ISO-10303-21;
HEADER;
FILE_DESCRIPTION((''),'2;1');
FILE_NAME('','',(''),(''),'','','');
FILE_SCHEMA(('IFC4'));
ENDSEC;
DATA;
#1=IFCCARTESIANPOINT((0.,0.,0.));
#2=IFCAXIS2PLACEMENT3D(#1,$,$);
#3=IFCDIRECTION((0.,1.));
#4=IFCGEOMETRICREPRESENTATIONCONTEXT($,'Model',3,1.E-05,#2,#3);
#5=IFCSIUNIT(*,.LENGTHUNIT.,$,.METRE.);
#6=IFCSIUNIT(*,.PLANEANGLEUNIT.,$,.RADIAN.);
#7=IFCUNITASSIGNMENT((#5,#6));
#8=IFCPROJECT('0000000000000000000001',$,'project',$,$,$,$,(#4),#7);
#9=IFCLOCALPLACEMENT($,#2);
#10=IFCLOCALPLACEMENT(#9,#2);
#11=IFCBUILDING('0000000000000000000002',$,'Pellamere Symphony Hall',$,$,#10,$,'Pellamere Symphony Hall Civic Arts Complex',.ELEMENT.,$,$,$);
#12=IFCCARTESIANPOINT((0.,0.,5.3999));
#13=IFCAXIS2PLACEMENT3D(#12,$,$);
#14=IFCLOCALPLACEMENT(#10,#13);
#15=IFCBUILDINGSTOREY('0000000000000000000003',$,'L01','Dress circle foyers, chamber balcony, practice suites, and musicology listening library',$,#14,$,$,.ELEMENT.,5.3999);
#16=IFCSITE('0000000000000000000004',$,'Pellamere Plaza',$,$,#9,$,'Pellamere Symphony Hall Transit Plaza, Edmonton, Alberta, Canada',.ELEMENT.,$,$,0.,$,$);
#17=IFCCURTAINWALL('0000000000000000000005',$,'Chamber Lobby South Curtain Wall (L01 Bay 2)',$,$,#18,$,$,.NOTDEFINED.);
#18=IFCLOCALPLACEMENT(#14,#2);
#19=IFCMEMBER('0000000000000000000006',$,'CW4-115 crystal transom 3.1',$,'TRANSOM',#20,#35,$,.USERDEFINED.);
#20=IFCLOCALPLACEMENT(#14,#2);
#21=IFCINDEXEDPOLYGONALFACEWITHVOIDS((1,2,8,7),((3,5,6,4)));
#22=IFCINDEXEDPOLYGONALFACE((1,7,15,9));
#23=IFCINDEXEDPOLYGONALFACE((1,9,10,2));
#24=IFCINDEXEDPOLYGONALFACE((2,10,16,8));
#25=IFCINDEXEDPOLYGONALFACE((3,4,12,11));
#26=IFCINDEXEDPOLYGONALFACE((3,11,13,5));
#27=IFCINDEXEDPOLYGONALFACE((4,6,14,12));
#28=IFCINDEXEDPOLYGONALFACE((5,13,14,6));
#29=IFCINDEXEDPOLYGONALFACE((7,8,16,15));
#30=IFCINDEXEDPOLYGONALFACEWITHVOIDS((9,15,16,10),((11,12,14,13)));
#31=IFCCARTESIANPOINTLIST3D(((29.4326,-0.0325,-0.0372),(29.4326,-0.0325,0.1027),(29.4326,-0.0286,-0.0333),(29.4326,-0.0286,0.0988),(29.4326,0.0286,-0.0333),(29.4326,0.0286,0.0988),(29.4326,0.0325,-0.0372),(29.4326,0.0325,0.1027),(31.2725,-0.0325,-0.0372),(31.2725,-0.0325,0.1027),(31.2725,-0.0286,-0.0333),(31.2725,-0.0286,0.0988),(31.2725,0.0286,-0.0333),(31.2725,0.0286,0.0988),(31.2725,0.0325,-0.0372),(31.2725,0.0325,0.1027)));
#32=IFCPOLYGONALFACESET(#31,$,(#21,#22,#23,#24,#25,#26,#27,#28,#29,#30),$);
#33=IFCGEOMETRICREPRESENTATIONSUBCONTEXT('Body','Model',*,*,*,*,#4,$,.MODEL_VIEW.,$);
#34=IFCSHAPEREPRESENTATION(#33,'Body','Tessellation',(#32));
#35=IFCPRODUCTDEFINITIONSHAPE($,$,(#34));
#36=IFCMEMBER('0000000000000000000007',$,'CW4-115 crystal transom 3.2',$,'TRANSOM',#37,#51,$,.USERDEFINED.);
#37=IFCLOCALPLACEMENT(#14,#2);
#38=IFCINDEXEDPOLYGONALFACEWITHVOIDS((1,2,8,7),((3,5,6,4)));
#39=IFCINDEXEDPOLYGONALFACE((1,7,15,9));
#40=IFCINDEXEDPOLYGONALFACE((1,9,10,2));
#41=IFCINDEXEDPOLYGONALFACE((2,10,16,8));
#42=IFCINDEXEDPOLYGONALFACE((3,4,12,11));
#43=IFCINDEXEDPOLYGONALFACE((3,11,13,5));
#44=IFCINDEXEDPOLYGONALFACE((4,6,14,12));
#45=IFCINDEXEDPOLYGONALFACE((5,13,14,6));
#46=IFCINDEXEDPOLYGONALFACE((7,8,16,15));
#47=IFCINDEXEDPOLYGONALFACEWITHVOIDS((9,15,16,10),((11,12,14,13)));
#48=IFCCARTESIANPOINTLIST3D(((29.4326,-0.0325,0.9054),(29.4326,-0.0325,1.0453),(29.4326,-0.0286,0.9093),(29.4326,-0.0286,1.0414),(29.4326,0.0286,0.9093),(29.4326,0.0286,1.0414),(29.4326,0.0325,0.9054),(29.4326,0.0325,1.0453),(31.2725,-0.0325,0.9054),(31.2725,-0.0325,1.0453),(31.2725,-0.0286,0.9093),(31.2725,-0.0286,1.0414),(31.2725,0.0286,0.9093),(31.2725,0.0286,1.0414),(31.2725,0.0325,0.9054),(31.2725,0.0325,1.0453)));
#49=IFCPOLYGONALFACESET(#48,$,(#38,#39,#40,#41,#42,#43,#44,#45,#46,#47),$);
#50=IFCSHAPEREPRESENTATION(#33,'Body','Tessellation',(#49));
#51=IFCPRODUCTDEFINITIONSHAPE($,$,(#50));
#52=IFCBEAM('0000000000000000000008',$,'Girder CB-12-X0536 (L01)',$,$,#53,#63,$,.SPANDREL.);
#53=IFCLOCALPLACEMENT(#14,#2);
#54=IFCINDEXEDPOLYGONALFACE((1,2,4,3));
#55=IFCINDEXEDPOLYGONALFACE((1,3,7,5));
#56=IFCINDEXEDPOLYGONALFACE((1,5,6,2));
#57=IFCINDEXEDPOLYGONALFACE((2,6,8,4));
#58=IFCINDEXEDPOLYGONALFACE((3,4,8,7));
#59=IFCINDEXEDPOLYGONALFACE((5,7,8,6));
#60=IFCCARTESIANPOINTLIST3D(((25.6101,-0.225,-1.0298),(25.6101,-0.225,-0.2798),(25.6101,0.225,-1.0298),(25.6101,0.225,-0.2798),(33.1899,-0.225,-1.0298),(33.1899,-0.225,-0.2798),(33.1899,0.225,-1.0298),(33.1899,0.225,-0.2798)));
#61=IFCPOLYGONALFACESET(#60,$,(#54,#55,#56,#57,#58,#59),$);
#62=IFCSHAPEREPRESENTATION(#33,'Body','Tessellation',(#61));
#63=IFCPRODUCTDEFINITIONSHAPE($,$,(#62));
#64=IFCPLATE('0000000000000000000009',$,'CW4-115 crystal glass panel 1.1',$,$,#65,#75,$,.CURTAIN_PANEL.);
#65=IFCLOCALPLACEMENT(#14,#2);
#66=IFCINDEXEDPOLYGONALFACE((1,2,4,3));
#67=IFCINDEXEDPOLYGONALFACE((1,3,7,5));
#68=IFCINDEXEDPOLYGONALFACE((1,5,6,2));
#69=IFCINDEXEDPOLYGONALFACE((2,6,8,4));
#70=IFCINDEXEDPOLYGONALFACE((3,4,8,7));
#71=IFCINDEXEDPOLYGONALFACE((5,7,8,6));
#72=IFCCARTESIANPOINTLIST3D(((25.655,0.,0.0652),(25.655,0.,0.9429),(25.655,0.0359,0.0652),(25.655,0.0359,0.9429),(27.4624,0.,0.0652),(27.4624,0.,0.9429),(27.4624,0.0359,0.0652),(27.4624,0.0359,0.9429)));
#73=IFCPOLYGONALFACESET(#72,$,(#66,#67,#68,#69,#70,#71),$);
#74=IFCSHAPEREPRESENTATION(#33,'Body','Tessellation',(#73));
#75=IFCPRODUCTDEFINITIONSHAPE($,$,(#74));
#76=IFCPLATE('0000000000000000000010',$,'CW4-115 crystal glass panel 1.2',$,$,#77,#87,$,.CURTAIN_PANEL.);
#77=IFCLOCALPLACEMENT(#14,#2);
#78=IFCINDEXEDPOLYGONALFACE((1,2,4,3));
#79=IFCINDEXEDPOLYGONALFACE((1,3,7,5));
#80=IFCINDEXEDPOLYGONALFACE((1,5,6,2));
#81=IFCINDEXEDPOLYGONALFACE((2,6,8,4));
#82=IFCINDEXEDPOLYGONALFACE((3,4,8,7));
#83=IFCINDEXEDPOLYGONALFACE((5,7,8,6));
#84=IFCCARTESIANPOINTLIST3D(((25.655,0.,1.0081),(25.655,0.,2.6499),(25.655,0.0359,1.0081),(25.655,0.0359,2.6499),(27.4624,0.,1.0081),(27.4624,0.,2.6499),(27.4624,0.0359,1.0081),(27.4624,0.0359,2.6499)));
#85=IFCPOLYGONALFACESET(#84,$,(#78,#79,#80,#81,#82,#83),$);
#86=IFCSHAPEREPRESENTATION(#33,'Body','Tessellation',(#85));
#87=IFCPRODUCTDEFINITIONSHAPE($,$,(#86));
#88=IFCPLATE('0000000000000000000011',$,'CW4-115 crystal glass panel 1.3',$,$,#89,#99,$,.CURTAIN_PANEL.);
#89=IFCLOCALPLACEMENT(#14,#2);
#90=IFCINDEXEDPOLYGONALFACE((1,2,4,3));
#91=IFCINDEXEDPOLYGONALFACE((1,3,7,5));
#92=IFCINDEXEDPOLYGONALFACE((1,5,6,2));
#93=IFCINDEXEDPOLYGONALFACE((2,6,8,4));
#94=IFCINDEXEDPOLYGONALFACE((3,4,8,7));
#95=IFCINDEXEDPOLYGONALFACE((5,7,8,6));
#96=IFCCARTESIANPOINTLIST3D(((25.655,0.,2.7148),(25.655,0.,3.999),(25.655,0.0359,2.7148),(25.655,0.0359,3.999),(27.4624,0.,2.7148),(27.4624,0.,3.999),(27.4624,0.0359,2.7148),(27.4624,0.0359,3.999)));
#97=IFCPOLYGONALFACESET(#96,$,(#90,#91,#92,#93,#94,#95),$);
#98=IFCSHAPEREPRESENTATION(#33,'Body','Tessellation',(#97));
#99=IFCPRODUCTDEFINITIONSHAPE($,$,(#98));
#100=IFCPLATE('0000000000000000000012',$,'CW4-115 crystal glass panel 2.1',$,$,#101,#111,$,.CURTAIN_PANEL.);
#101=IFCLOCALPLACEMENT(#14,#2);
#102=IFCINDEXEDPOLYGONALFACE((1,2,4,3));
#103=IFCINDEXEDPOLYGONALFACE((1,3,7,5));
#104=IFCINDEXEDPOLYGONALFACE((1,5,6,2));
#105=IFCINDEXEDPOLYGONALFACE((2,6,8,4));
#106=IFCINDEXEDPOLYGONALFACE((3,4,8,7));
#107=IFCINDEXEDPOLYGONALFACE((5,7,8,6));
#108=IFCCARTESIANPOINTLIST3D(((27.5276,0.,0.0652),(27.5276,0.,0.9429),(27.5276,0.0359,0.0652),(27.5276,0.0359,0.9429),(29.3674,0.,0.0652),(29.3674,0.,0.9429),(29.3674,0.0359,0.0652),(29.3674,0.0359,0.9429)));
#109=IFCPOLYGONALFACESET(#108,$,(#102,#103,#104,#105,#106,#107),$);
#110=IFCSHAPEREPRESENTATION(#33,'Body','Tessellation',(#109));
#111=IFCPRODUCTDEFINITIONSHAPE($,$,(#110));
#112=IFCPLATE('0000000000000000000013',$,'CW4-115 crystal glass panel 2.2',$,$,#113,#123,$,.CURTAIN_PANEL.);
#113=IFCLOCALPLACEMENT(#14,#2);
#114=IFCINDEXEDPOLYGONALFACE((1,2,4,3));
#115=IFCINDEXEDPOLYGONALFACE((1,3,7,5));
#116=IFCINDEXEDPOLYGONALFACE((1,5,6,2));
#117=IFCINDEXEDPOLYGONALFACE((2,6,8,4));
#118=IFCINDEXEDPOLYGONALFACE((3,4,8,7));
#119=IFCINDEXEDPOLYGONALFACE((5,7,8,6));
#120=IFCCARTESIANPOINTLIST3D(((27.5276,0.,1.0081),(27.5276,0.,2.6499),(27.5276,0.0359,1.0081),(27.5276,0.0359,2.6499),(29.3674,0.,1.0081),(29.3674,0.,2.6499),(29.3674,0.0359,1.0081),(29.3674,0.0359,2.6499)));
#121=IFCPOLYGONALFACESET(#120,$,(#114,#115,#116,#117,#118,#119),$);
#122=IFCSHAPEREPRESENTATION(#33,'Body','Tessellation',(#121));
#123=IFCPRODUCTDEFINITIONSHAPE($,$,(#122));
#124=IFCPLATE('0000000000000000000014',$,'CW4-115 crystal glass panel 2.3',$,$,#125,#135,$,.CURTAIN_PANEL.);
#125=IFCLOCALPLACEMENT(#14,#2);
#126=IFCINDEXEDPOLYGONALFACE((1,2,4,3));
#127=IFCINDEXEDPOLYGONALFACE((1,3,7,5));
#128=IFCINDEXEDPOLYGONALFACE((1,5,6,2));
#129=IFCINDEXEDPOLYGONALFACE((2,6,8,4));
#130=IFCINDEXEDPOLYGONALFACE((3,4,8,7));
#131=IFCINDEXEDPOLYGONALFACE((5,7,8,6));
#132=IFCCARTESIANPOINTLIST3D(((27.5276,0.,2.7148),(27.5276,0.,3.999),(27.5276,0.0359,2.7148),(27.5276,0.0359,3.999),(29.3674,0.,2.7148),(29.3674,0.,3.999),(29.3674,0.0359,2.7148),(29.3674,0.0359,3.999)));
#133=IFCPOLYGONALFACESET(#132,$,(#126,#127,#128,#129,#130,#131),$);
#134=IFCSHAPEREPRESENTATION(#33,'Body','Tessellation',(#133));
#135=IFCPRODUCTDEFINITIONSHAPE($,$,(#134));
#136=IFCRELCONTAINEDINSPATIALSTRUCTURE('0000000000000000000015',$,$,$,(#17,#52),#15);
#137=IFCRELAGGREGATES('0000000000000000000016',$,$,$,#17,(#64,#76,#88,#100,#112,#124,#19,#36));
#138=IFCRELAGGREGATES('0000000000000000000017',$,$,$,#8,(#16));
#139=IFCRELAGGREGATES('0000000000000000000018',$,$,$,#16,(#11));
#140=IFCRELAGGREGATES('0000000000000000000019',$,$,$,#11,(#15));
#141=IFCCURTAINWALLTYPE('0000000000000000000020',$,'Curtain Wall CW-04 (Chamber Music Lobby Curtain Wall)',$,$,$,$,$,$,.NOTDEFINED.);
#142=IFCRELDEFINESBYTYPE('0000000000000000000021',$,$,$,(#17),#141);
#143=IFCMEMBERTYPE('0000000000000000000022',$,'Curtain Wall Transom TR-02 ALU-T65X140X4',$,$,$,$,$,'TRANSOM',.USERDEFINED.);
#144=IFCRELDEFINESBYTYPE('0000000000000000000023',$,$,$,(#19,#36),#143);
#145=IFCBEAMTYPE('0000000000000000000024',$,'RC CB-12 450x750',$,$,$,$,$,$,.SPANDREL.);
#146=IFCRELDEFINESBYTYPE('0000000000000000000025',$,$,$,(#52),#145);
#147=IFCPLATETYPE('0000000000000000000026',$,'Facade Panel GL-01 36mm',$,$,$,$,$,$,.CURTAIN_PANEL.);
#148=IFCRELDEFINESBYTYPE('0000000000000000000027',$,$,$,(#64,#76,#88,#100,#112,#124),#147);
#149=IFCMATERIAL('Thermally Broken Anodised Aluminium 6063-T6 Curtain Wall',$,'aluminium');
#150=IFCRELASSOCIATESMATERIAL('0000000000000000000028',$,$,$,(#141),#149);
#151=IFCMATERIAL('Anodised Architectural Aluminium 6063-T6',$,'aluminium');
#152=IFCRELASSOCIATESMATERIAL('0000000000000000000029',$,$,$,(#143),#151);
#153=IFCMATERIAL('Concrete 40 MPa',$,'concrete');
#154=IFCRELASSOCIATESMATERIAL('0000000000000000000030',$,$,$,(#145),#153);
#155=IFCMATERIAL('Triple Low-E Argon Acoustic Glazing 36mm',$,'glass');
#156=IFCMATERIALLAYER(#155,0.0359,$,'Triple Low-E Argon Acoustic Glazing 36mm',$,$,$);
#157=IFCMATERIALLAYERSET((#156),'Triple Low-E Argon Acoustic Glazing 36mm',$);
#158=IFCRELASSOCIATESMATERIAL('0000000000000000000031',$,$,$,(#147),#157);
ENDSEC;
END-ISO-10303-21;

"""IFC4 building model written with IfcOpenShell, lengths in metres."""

from ifc_helpers import new_model, si_unit, direction, frame, origin, origin_2d, place, context, subcontext, project, spatial, polyline, rectangle, hollow_rectangle, outline, extrude, material, layer, layer_set, material_profile, profile_set, type_object, element, aggregate, save


model = new_model("IFC4")

# Units and contexts
model_context = context("Model", 3, precision=1e-05, world=origin(), true_north=direction((0.0, 1.0)))
body_context = subcontext(model_context, "Body", "Model", "MODEL_VIEW")
ifc_project = project(units=[si_unit("LENGTHUNIT", "METRE"), si_unit("PLANEANGLEUNIT", "RADIAN")], contexts=[model_context])

# Site, building, storey
site_placement = place(None, origin())
site = spatial("IfcSite", under=ifc_project, at=site_placement, Name="Pellamere Plaza", LongName="Pellamere Symphony Hall Transit Plaza, Edmonton, Alberta, Canada", CompositionType="ELEMENT", RefElevation=0.0)
building_placement = place(site_placement, origin())
building = spatial("IfcBuilding", under=site, at=building_placement, Name="Pellamere Symphony Hall", LongName="Pellamere Symphony Hall Civic Arts Complex", CompositionType="ELEMENT")
storey_placement = place(building_placement, frame((0.0, 0.0, 5.3999)))
storey = spatial("IfcBuildingStorey", under=building, at=storey_placement, Name="L01", Description="Dress circle foyers, chamber balcony, practice suites, and musicology listening library", CompositionType="ELEMENT", Elevation=5.3999)

# Curtain wall, members
ifc_material_1 = material(Name="Thermally Broken Anodised Aluminium 6063-T6 Curtain Wall", Category="aluminium")
curtain_wall_type = type_object("IfcCurtainWallType", Name="Curtain Wall CW-04 (Chamber Music Lobby Curtain Wall)", PredefinedType="NOTDEFINED", material=ifc_material_1)
curtain_wall_placement = place(storey_placement, origin())
curtain_wall = element("IfcCurtainWall", 1, at=curtain_wall_placement, inside=storey, type_object=curtain_wall_type, Name="Chamber Lobby South Curtain Wall (L01 Bay 2)", PredefinedType="NOTDEFINED")
ifc_material_2 = material(Name="Anodised Architectural Aluminium 6063-T6", Category="aluminium")
ifc_material_profile_1 = material_profile(ifc_material_2, hollow_rectangle(XDim=0.0649, YDim=0.1399, WallThickness=0.0039, at=origin_2d()), Name="ALU-T65X140X4")
ifc_profile_set_1 = profile_set([ifc_material_profile_1], Name="Anodised Architectural Aluminium 6063-T6")
member_type_1 = type_object("IfcMemberType", Name="Curtain Wall Transom TR-02 ALU-T65X140X4", ElementType="TRANSOM", PredefinedType="USERDEFINED", material=ifc_profile_set_1)
member_1_placement = place(storey_placement, frame((29.4326, 0.0, 0.0327), z_axis=(1.0, 0.0, 0.0), x_axis=(0.0, 1.0, 0.0)))
member_1 = element("IfcMember", 2, at=member_1_placement, type_object=member_type_1, Name="CW4-115 crystal transom 3.1", ObjectType="TRANSOM", PredefinedType="USERDEFINED", context=body_context, shape_type="SweptSolid", body=[
    extrude(hollow_rectangle(XDim=0.0649, YDim=0.1399, WallThickness=0.0039, at=origin_2d()), origin(), (0.0, 0.0, 1.0), 1.8398),
])
member_2_placement = place(storey_placement, frame((29.4326, 0.0, 0.9753), z_axis=(1.0, 0.0, 0.0), x_axis=(0.0, 1.0, 0.0)))
member_2 = element("IfcMember", 3, at=member_2_placement, type_object=member_type_1, Name="CW4-115 crystal transom 3.2", ObjectType="TRANSOM", PredefinedType="USERDEFINED", context=body_context, shape_type="SweptSolid", body=[
    extrude(hollow_rectangle(XDim=0.0649, YDim=0.1399, WallThickness=0.0039, at=origin_2d()), origin(), (0.0, 0.0, 1.0), 1.8398),
])

# Beam
ifc_material_3 = material(Name="Concrete 40 MPa", Category="concrete")
ifc_material_profile_2 = material_profile(ifc_material_3, rectangle(XDim=0.45, YDim=0.75, at=origin_2d()), Name="RC 450x750")
ifc_profile_set_2 = profile_set([ifc_material_profile_2], Name="Concrete 40 MPa")
beam_type = type_object("IfcBeamType", Name="RC CB-12 450x750", PredefinedType="SPANDREL", material=ifc_profile_set_2)
beam_placement = place(storey_placement, frame((25.6101, 0.0, -0.6548), z_axis=(1.0, 0.0, 0.0), x_axis=(0.0, 1.0, 0.0)))
element("IfcBeam", 4, at=beam_placement, inside=storey, type_object=beam_type, Name="Girder CB-12-X0536 (L01)", PredefinedType="SPANDREL", context=body_context, shape_type="SweptSolid", body=[
    extrude(rectangle(XDim=0.45, YDim=0.75, at=origin_2d()), origin(), (0.0, 0.0, 1.0), 7.5798),
])

# Plates
ifc_material_4 = material(Name="Triple Low-E Argon Acoustic Glazing 36mm", Category="glass")
ifc_layer = layer(ifc_material_4, 0.0359, Name="Triple Low-E Argon Acoustic Glazing 36mm")
ifc_layer_set = layer_set([ifc_layer], Name="Triple Low-E Argon Acoustic Glazing 36mm")
plate_type = type_object("IfcPlateType", Name="Facade Panel GL-01 36mm", PredefinedType="CURTAIN_PANEL", material=ifc_layer_set)
plate_1_placement = place(storey_placement, frame((25.655, 0.0, 0.0652), z_axis=(0.0, -1.0, 0.0), x_axis=(1.0, 0.0, 0.0)))
plate_1 = element("IfcPlate", 5, at=plate_1_placement, type_object=plate_type, Name="CW4-115 crystal glass panel 1.1", PredefinedType="CURTAIN_PANEL", context=body_context, shape_type="SweptSolid", body=[
    extrude(outline(polyline([(0.0, 0.0), (1.8074, 0.0), (1.8074, 0.8777), (0.0, 0.8777), (0.0, 0.0)])), origin(), (0.0, 0.0, -1.0), 0.0359),
])
plate_2_placement = place(storey_placement, frame((25.655, 0.0, 1.0081), z_axis=(0.0, -1.0, 0.0), x_axis=(1.0, 0.0, 0.0)))
plate_2 = element("IfcPlate", 6, at=plate_2_placement, type_object=plate_type, Name="CW4-115 crystal glass panel 1.2", PredefinedType="CURTAIN_PANEL", context=body_context, shape_type="SweptSolid", body=[
    extrude(outline(polyline([(0.0, 0.0), (1.8074, 0.0), (1.8074, 1.6418), (0.0, 1.6418), (0.0, 0.0)])), origin(), (0.0, 0.0, -1.0), 0.0359),
])
plate_3_placement = place(storey_placement, frame((25.655, 0.0, 2.7148), z_axis=(0.0, -1.0, 0.0), x_axis=(1.0, 0.0, 0.0)))
plate_3 = element("IfcPlate", 7, at=plate_3_placement, type_object=plate_type, Name="CW4-115 crystal glass panel 1.3", PredefinedType="CURTAIN_PANEL", context=body_context, shape_type="SweptSolid", body=[
    extrude(outline(polyline([(0.0, 0.0), (1.8074, 0.0), (1.8074, 1.2842), (0.0, 1.2842), (0.0, 0.0)])), origin(), (0.0, 0.0, -1.0), 0.0359),
])
plate_4_placement = place(storey_placement, frame((27.5276, 0.0, 0.0652), z_axis=(0.0, -1.0, 0.0), x_axis=(1.0, 0.0, 0.0)))
plate_4 = element("IfcPlate", 8, at=plate_4_placement, type_object=plate_type, Name="CW4-115 crystal glass panel 2.1", PredefinedType="CURTAIN_PANEL", context=body_context, shape_type="SweptSolid", body=[
    extrude(outline(polyline([(0.0, 0.0), (1.8398, 0.0), (1.8398, 0.8777), (0.0, 0.8777), (0.0, 0.0)])), origin(), (0.0, 0.0, -1.0), 0.0359),
])
plate_5_placement = place(storey_placement, frame((27.5276, 0.0, 1.0081), z_axis=(0.0, -1.0, 0.0), x_axis=(1.0, 0.0, 0.0)))
plate_5 = element("IfcPlate", 9, at=plate_5_placement, type_object=plate_type, Name="CW4-115 crystal glass panel 2.2", PredefinedType="CURTAIN_PANEL", context=body_context, shape_type="SweptSolid", body=[
    extrude(outline(polyline([(0.0, 0.0), (1.8398, 0.0), (1.8398, 1.6418), (0.0, 1.6418), (0.0, 0.0)])), origin(), (0.0, 0.0, -1.0), 0.0359),
])
plate_6_placement = place(storey_placement, frame((27.5276, 0.0, 2.7148), z_axis=(0.0, -1.0, 0.0), x_axis=(1.0, 0.0, 0.0)))
plate_6 = element("IfcPlate", 10, at=plate_6_placement, type_object=plate_type, Name="CW4-115 crystal glass panel 2.3", PredefinedType="CURTAIN_PANEL", context=body_context, shape_type="SweptSolid", body=[
    extrude(outline(polyline([(0.0, 0.0), (1.8398, 0.0), (1.8398, 1.2842), (0.0, 1.2842), (0.0, 0.0)])), origin(), (0.0, 0.0, -1.0), 0.0359),
])
aggregate(curtain_wall, [plate_1, plate_2, plate_3, plate_4, plate_5, plate_6, member_1, member_2])

save(model, "model.ifc")
